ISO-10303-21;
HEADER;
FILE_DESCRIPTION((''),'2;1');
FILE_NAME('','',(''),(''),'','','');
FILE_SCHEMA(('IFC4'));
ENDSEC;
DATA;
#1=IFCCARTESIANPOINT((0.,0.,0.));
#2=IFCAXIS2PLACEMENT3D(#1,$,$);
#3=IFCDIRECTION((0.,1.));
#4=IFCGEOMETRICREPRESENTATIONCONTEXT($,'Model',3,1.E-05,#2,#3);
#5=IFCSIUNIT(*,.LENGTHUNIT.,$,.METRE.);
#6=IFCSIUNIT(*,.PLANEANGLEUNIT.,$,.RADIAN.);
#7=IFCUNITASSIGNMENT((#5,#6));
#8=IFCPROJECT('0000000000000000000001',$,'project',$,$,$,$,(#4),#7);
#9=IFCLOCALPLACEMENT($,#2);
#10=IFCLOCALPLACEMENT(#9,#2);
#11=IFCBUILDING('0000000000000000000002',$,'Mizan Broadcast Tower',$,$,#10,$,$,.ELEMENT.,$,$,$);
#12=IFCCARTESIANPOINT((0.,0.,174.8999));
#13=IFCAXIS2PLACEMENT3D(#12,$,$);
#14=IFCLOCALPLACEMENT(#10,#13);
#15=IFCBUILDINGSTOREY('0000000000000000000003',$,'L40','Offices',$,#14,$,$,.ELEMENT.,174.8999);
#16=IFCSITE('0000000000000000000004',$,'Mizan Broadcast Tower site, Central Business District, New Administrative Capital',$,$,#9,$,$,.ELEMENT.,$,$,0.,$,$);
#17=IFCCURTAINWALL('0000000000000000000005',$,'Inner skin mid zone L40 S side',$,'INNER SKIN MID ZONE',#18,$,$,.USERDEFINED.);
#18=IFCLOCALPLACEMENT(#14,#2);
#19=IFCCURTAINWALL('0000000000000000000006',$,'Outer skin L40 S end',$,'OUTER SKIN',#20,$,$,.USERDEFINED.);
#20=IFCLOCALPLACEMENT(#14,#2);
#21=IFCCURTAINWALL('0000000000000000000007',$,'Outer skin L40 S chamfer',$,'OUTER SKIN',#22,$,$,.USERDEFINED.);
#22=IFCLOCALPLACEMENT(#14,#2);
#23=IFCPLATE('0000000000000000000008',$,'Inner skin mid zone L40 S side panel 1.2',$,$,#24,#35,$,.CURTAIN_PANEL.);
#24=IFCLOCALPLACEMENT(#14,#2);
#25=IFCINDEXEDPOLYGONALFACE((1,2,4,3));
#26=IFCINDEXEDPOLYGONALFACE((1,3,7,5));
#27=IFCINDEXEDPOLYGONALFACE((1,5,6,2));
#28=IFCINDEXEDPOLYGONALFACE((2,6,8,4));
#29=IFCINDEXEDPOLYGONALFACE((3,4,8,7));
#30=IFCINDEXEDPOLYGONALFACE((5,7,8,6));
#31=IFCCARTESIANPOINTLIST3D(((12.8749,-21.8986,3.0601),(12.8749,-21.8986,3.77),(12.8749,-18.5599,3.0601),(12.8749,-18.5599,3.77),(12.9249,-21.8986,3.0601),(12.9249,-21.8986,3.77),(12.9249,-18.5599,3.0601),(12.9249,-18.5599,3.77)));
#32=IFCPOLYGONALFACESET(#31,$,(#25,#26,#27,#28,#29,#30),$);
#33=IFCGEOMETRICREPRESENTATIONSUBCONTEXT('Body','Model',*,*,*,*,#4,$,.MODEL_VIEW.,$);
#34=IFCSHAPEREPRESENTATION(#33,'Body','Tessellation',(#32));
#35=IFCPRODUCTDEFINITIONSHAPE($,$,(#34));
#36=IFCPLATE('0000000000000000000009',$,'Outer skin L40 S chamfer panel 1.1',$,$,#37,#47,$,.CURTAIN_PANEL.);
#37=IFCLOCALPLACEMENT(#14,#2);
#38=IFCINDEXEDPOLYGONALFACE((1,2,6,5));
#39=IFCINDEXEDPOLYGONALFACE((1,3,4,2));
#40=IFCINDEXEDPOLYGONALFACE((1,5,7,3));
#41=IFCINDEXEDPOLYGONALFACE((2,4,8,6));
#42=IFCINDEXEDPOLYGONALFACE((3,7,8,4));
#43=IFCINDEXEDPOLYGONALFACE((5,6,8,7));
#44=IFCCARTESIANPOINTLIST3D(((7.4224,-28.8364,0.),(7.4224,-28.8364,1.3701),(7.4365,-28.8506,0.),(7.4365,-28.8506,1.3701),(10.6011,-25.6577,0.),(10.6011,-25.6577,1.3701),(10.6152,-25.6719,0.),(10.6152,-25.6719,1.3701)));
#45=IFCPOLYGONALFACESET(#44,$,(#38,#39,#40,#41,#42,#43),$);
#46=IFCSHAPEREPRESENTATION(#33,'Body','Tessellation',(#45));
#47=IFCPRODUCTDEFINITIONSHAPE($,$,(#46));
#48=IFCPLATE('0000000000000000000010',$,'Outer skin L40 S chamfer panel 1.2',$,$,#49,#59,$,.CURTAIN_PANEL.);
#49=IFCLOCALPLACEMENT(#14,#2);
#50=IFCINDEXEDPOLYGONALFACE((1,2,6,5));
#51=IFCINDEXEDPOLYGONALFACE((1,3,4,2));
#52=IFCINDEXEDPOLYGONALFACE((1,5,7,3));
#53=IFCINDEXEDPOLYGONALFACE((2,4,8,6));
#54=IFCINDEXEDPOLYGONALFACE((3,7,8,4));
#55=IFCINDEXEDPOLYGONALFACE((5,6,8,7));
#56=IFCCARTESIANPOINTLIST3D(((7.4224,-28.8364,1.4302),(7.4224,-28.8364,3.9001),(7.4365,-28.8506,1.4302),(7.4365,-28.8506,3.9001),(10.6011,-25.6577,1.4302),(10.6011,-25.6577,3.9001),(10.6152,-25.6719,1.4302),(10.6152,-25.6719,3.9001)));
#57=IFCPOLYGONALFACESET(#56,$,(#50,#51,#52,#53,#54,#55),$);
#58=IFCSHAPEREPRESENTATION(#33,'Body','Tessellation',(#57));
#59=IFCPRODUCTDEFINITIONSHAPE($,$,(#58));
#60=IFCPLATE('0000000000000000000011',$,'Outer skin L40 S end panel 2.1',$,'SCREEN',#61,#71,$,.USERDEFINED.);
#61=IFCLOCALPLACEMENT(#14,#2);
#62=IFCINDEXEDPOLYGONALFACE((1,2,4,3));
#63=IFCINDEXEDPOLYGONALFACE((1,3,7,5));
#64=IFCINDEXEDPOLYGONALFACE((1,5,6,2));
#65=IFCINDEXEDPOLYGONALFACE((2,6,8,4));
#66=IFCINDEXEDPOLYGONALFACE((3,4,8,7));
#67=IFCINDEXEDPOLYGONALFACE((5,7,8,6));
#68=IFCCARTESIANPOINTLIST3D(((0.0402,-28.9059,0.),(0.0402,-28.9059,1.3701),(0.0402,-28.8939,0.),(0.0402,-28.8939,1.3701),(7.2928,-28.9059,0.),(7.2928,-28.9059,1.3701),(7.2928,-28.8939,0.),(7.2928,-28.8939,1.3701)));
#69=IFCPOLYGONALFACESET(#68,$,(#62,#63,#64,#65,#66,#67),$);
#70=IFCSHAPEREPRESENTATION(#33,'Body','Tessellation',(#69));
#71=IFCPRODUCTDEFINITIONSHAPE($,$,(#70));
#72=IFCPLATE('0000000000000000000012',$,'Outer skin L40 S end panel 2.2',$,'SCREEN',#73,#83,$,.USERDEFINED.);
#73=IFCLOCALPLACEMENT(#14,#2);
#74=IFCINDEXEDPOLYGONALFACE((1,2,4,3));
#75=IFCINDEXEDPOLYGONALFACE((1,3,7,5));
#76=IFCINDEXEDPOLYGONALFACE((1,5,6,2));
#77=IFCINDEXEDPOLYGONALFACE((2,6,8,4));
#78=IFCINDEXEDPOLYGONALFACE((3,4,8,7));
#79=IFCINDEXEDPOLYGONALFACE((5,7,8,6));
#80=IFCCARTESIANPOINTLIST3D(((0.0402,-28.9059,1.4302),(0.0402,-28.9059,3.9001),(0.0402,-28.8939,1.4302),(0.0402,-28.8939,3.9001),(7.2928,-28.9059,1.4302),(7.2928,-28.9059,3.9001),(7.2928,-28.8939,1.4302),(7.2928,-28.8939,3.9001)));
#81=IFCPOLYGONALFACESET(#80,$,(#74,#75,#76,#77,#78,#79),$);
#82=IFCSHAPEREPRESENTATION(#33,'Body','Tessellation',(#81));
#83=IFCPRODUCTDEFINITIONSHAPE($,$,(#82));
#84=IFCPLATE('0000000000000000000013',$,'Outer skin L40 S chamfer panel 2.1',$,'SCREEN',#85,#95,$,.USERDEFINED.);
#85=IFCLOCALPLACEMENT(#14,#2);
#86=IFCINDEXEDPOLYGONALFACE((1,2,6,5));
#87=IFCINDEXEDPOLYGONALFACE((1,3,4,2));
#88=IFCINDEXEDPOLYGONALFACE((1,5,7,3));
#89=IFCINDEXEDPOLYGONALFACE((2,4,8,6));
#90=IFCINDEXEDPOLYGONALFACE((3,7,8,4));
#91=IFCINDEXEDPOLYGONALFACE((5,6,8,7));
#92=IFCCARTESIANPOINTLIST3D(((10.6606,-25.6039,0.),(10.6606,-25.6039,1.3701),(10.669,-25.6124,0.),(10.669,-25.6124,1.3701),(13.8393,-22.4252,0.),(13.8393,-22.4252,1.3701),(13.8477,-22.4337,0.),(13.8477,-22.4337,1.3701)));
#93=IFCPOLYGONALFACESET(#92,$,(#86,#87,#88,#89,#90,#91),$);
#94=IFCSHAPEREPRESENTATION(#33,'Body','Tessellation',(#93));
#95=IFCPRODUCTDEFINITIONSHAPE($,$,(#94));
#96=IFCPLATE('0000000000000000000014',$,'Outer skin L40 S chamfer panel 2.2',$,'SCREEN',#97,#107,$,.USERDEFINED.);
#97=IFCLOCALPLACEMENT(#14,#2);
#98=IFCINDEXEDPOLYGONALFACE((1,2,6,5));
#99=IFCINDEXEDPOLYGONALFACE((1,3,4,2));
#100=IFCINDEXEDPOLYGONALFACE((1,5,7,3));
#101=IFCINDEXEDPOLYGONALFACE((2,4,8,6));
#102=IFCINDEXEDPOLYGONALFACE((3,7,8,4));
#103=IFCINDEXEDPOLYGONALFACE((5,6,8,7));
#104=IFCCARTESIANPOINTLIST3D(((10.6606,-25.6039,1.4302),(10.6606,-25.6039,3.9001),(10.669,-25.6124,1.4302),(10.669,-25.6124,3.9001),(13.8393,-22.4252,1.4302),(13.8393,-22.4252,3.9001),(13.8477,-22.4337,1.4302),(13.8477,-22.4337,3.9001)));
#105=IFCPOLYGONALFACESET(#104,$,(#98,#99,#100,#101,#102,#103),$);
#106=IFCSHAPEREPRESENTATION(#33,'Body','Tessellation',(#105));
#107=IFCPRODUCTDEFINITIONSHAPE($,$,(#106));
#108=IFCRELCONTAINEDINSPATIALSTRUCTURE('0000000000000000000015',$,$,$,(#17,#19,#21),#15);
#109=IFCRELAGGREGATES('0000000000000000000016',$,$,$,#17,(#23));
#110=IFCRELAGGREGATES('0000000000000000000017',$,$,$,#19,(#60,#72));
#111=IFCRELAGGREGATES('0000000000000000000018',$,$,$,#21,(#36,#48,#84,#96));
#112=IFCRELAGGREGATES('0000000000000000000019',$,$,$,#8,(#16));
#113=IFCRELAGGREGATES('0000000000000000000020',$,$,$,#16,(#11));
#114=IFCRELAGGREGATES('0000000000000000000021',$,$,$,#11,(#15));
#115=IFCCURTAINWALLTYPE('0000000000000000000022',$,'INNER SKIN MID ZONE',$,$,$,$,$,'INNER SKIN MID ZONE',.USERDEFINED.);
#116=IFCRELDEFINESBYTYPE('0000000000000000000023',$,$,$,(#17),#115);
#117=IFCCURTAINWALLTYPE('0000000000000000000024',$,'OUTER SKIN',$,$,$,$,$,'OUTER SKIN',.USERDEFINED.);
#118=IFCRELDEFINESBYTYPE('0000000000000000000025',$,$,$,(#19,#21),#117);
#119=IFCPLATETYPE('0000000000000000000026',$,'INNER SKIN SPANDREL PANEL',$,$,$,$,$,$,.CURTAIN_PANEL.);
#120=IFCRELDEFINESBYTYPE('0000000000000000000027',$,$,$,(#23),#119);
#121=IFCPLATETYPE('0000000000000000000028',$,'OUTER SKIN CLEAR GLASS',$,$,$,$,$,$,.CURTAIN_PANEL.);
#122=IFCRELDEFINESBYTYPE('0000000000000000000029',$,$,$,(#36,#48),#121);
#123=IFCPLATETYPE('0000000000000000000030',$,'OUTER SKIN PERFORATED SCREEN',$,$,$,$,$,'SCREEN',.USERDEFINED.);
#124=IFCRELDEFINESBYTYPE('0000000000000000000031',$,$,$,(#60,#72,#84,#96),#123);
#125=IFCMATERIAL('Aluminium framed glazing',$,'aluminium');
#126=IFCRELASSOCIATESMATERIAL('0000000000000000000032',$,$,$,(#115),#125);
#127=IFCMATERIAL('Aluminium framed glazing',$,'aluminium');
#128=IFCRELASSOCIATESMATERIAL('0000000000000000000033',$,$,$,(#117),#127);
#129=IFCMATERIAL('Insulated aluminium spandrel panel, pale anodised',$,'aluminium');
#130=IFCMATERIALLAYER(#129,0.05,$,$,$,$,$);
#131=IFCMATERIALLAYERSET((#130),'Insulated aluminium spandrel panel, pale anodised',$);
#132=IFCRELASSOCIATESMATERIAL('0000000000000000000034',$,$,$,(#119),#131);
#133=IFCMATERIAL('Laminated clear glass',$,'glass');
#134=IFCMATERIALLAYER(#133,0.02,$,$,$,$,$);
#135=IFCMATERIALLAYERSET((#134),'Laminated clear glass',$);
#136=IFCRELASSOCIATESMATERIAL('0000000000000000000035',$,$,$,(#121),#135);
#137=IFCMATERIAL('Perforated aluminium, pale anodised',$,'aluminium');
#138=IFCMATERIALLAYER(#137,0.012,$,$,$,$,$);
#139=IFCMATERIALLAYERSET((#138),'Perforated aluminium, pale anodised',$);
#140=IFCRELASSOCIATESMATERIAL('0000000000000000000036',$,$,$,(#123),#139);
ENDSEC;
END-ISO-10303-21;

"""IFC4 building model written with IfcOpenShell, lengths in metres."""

from ifc_helpers import new_model, si_unit, direction, frame, origin, origin_2d, place, context, subcontext, project, spatial, rectangle, extrude, material, layer, layer_set, type_object, element, aggregate, save


model = new_model("IFC4")

# Units and contexts
model_context = context("Model", 3, precision=1e-05, world=origin(), true_north=direction((0.0, 1.0)))
body_context = subcontext(model_context, "Body", "Model", "MODEL_VIEW")
ifc_project = project(units=[si_unit("LENGTHUNIT", "METRE"), si_unit("PLANEANGLEUNIT", "RADIAN")], contexts=[model_context])

# Site, building, storey
site_placement = place(None, origin())
site = spatial("IfcSite", under=ifc_project, at=site_placement, Name="Mizan Broadcast Tower site, Central Business District, New Administrative Capital", CompositionType="ELEMENT", RefElevation=0.0)
building_placement = place(site_placement, origin())
building = spatial("IfcBuilding", under=site, at=building_placement, Name="Mizan Broadcast Tower", CompositionType="ELEMENT")
storey_placement = place(building_placement, frame((0.0, 0.0, 174.8999)))
storey = spatial("IfcBuildingStorey", under=building, at=storey_placement, Name="L40", Description="Offices", CompositionType="ELEMENT", Elevation=174.8999)

# Shared definitions
ifc_material_1 = material(Name="Aluminium framed glazing", Category="aluminium")
curtain_wall_type_1 = type_object("IfcCurtainWallType", Name="INNER SKIN MID ZONE", ElementType="INNER SKIN MID ZONE", PredefinedType="USERDEFINED", material=ifc_material_1)

# Curtain wall
curtain_wall_1_placement = place(storey_placement, origin())
curtain_wall_1 = element("IfcCurtainWall", 1, at=curtain_wall_1_placement, inside=storey, type_object=curtain_wall_type_1, Name="Inner skin mid zone L40 S side", ObjectType="INNER SKIN MID ZONE", PredefinedType="USERDEFINED")

# Curtain wall
ifc_material_2 = material(Name="Aluminium framed glazing", Category="aluminium")
curtain_wall_type_2 = type_object("IfcCurtainWallType", Name="OUTER SKIN", ElementType="OUTER SKIN", PredefinedType="USERDEFINED", material=ifc_material_2)
curtain_wall_2_placement = place(storey_placement, origin())
curtain_wall_2 = element("IfcCurtainWall", 2, at=curtain_wall_2_placement, inside=storey, type_object=curtain_wall_type_2, Name="Outer skin L40 S end", ObjectType="OUTER SKIN", PredefinedType="USERDEFINED")

# Curtain wall
curtain_wall_3_placement = place(storey_placement, origin())
curtain_wall_3 = element("IfcCurtainWall", 3, at=curtain_wall_3_placement, inside=storey, type_object=curtain_wall_type_2, Name="Outer skin L40 S chamfer", ObjectType="OUTER SKIN", PredefinedType="USERDEFINED")

# Plates
ifc_material_3 = material(Name="Insulated aluminium spandrel panel, pale anodised", Category="aluminium")
ifc_layer_1 = layer(ifc_material_3, 0.05)
ifc_layer_set_1 = layer_set([ifc_layer_1], Name="Insulated aluminium spandrel panel, pale anodised")
plate_type_1 = type_object("IfcPlateType", Name="INNER SKIN SPANDREL PANEL", PredefinedType="CURTAIN_PANEL", material=ifc_layer_set_1)
plate_1_placement = place(storey_placement, frame((12.8999, -20.2292, 3.0601), z_axis=(0.0, 0.0, 1.0), x_axis=(0.0, 1.0, 0.0)))
plate_1 = element("IfcPlate", 4, at=plate_1_placement, type_object=plate_type_1, Name="Inner skin mid zone L40 S side panel 1.2", PredefinedType="CURTAIN_PANEL", context=body_context, shape_type="SweptSolid", body=[
    extrude(rectangle(XDim=3.3386, YDim=0.05, at=origin_2d()), origin(), (0.0, 0.0, 1.0), 0.71),
])
aggregate(curtain_wall_1, [plate_1])
ifc_material_4 = material(Name="Laminated clear glass", Category="glass")
ifc_layer_2 = layer(ifc_material_4, 0.02)
ifc_layer_set_2 = layer_set([ifc_layer_2], Name="Laminated clear glass")
plate_type_2 = type_object("IfcPlateType", Name="OUTER SKIN CLEAR GLASS", PredefinedType="CURTAIN_PANEL", material=ifc_layer_set_2)
plate_2_placement = place(storey_placement, frame((9.0188, -27.2542, 0.0), z_axis=(0.0, 0.0, 1.0), x_axis=(0.707107, 0.707107, 0.0)))
plate_2 = element("IfcPlate", 5, at=plate_2_placement, type_object=plate_type_2, Name="Outer skin L40 S chamfer panel 1.1", PredefinedType="CURTAIN_PANEL", context=body_context, shape_type="SweptSolid", body=[
    extrude(rectangle(XDim=4.4954, YDim=0.02, at=origin_2d()), origin(), (0.0, 0.0, 1.0), 1.3701),
])
plate_3_placement = place(storey_placement, frame((9.0188, -27.2542, 1.4302), z_axis=(0.0, 0.0, 1.0), x_axis=(0.707107, 0.707107, 0.0)))
plate_3 = element("IfcPlate", 6, at=plate_3_placement, type_object=plate_type_2, Name="Outer skin L40 S chamfer panel 1.2", PredefinedType="CURTAIN_PANEL", context=body_context, shape_type="SweptSolid", body=[
    extrude(rectangle(XDim=4.4954, YDim=0.02, at=origin_2d()), origin(), (0.0, 0.0, 1.0), 2.47),
])
ifc_material_5 = material(Name="Perforated aluminium, pale anodised", Category="aluminium")
ifc_layer_3 = layer(ifc_material_5, 0.012)
ifc_layer_set_3 = layer_set([ifc_layer_3], Name="Perforated aluminium, pale anodised")
plate_type_3 = type_object("IfcPlateType", Name="OUTER SKIN PERFORATED SCREEN", ElementType="SCREEN", PredefinedType="USERDEFINED", material=ifc_layer_set_3)
plate_4_placement = place(storey_placement, frame((3.6665, -28.8999, 0.0), z_axis=(0.0, 0.0, 1.0), x_axis=(1.0, 0.0, 0.0)))
plate_4 = element("IfcPlate", 7, at=plate_4_placement, type_object=plate_type_3, Name="Outer skin L40 S end panel 2.1", ObjectType="SCREEN", PredefinedType="USERDEFINED", context=body_context, shape_type="SweptSolid", body=[
    extrude(rectangle(XDim=7.2527, YDim=0.012, at=origin_2d()), origin(), (0.0, 0.0, 1.0), 1.3701),
])
plate_5_placement = place(storey_placement, frame((3.6665, -28.8999, 1.4302), z_axis=(0.0, 0.0, 1.0), x_axis=(1.0, 0.0, 0.0)))
plate_5 = element("IfcPlate", 8, at=plate_5_placement, type_object=plate_type_3, Name="Outer skin L40 S end panel 2.2", ObjectType="SCREEN", PredefinedType="USERDEFINED", context=body_context, shape_type="SweptSolid", body=[
    extrude(rectangle(XDim=7.2527, YDim=0.012, at=origin_2d()), origin(), (0.0, 0.0, 1.0), 2.47),
])
aggregate(curtain_wall_2, [plate_4, plate_5])
plate_6_placement = place(storey_placement, frame((12.2542, -24.0188, 0.0), z_axis=(0.0, 0.0, 1.0), x_axis=(0.707107, 0.707107, 0.0)))
plate_6 = element("IfcPlate", 9, at=plate_6_placement, type_object=plate_type_3, Name="Outer skin L40 S chamfer panel 2.1", ObjectType="SCREEN", PredefinedType="USERDEFINED", context=body_context, shape_type="SweptSolid", body=[
    extrude(rectangle(XDim=4.4954, YDim=0.012, at=origin_2d()), origin(), (0.0, 0.0, 1.0), 1.3701),
])
plate_7_placement = place(storey_placement, frame((12.2542, -24.0188, 1.4302), z_axis=(0.0, 0.0, 1.0), x_axis=(0.707107, 0.707107, 0.0)))
plate_7 = element("IfcPlate", 10, at=plate_7_placement, type_object=plate_type_3, Name="Outer skin L40 S chamfer panel 2.2", ObjectType="SCREEN", PredefinedType="USERDEFINED", context=body_context, shape_type="SweptSolid", body=[
    extrude(rectangle(XDim=4.4954, YDim=0.012, at=origin_2d()), origin(), (0.0, 0.0, 1.0), 2.47),
])
aggregate(curtain_wall_3, [plate_2, plate_3, plate_6, plate_7])

save(model, "model.ifc")
